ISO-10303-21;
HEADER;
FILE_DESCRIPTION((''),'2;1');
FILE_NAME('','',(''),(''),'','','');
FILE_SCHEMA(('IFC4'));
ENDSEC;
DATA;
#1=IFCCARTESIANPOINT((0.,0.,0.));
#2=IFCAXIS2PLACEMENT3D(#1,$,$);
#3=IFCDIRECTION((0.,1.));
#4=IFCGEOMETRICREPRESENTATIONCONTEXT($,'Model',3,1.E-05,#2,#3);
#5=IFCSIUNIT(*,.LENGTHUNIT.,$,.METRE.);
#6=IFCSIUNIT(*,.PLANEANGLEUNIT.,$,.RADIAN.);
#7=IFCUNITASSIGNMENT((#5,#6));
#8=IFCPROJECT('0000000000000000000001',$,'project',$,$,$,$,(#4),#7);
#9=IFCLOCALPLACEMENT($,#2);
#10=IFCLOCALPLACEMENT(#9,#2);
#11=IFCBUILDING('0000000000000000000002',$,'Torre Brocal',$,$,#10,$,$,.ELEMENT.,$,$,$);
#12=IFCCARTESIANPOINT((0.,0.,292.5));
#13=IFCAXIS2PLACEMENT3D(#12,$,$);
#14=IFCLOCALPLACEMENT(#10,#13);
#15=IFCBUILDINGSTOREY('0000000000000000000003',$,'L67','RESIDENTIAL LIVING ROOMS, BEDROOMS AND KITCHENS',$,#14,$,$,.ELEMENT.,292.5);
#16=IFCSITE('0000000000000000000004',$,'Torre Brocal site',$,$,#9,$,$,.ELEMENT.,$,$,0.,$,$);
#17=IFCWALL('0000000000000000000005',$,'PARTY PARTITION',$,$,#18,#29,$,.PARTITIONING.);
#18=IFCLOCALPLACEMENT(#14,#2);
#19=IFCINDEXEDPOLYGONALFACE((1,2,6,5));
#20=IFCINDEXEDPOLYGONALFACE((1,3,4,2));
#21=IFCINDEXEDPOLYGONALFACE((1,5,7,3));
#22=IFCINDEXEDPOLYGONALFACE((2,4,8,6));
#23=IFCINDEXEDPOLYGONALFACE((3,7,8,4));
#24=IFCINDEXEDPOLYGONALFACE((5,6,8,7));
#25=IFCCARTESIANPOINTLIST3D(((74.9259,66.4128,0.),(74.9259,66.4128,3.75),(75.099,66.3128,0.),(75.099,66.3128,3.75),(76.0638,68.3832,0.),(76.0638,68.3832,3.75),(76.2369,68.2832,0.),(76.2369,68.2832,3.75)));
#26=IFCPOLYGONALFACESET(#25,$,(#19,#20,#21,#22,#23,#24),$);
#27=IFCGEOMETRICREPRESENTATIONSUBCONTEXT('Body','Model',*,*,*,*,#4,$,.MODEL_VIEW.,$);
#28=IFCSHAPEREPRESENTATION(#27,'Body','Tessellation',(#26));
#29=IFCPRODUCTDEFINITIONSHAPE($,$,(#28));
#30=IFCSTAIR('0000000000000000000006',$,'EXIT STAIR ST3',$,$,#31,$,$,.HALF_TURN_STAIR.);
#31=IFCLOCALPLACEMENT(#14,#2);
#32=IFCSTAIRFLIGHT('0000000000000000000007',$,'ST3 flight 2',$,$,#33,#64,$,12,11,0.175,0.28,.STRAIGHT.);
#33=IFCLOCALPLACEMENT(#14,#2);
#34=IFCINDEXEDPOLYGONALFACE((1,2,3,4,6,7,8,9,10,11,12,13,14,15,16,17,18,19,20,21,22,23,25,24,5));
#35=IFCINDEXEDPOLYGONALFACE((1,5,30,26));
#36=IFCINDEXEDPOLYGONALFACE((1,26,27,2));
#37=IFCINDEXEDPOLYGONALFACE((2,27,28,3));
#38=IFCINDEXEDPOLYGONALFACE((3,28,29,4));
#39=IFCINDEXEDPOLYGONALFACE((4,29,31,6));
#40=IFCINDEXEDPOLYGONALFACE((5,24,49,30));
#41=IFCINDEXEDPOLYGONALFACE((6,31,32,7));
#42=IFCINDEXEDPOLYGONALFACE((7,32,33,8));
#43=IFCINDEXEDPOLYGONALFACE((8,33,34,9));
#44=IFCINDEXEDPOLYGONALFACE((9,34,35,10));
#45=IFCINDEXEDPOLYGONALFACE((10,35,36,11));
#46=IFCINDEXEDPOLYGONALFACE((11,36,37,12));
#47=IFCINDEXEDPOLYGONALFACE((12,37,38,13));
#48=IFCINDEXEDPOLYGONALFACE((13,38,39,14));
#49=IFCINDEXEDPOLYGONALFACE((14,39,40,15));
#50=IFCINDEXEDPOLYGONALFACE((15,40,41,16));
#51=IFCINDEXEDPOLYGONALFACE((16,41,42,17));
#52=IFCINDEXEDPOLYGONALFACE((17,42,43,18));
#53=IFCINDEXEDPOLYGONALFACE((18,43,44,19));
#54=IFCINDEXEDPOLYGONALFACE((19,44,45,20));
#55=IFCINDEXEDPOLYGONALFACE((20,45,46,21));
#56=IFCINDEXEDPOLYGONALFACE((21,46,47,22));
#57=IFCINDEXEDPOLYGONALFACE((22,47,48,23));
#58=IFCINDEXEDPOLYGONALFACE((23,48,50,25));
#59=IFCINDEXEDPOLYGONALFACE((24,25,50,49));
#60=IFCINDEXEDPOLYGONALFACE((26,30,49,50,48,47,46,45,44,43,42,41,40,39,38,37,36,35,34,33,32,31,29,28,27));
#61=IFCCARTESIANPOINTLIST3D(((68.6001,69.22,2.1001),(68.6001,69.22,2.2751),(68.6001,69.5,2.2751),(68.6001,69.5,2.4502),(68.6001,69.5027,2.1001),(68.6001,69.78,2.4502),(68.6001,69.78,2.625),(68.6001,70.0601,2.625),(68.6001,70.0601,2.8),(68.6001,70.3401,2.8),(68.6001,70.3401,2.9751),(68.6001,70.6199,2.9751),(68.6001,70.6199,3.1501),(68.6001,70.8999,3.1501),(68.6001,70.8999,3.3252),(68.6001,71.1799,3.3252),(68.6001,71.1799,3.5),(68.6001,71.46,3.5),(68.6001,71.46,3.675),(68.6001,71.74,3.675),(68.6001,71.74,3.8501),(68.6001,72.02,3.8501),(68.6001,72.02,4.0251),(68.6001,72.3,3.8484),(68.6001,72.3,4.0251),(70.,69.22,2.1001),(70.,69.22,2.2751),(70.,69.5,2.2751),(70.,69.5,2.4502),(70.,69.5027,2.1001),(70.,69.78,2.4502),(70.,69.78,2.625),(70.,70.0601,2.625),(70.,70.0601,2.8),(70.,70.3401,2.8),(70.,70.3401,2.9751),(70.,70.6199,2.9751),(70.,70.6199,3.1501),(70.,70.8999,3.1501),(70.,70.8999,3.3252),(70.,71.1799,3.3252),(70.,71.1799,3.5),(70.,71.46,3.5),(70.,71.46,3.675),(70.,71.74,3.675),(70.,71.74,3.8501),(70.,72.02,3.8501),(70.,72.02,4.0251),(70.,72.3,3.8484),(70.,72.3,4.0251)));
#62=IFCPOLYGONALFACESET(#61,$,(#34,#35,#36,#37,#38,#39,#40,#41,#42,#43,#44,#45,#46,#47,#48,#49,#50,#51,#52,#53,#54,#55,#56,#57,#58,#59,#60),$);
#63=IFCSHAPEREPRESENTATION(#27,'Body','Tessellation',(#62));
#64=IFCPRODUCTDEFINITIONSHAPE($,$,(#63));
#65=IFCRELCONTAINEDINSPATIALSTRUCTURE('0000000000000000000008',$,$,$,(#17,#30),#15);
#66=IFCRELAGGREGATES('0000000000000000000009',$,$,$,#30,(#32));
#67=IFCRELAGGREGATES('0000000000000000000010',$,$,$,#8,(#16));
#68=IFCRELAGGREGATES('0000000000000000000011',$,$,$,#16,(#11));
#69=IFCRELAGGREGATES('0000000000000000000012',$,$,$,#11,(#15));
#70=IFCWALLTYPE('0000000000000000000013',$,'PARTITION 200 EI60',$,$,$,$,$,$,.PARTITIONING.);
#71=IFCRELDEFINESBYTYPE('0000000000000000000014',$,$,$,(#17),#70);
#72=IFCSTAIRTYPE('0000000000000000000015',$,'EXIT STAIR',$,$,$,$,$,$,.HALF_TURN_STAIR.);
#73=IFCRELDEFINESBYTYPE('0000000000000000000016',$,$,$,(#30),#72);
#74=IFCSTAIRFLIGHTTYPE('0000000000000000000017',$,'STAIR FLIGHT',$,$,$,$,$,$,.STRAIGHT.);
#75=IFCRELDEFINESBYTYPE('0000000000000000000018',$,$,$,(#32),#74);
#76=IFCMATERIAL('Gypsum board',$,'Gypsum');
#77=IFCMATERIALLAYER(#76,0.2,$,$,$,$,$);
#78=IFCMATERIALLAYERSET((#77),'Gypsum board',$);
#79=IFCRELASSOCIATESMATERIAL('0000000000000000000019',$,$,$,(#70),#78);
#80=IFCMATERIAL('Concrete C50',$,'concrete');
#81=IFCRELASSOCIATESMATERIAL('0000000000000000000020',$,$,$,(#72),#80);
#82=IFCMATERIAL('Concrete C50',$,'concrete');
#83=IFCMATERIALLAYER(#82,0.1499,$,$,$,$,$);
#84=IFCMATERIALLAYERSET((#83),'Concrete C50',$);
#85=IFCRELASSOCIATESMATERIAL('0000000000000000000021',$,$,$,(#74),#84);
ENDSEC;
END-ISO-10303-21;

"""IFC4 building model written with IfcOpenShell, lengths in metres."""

from ifc_helpers import new_model, si_unit, direction, frame, frame_2d, origin, place, context, subcontext, project, spatial, polyline, rectangle, outline, extrude, material, layer, layer_set, type_object, element, aggregate, save


model = new_model("IFC4")

# Units and contexts
model_context = context("Model", 3, precision=1e-05, world=origin(), true_north=direction((0.0, 1.0)))
body_context = subcontext(model_context, "Body", "Model", "MODEL_VIEW")
ifc_project = project(units=[si_unit("LENGTHUNIT", "METRE"), si_unit("PLANEANGLEUNIT", "RADIAN")], contexts=[model_context])

# Site, building, storey
site_placement = place(None, origin())
site = spatial("IfcSite", under=ifc_project, at=site_placement, Name="Torre Brocal site", CompositionType="ELEMENT", RefElevation=0.0)
building_placement = place(site_placement, origin())
building = spatial("IfcBuilding", under=site, at=building_placement, Name="Torre Brocal", CompositionType="ELEMENT")
storey_placement = place(building_placement, frame((0.0, 0.0, 292.5)))
storey = spatial("IfcBuildingStorey", under=building, at=storey_placement, Name="L67", Description="RESIDENTIAL LIVING ROOMS, BEDROOMS AND KITCHENS", CompositionType="ELEMENT", Elevation=292.5)

# Shared definitions
ifc_material_1 = material(Name="Gypsum board", Category="Gypsum")
ifc_layer_1 = layer(ifc_material_1, 0.2)
ifc_layer_set_1 = layer_set([ifc_layer_1], Name="Gypsum board")
wall_type_1 = type_object("IfcWallType", Name="PARTITION 200 EI60", PredefinedType="PARTITIONING", material=ifc_layer_set_1)

# Wall
wall_1_placement = place(storey_placement, frame((75.0125, 66.3628, 0.0), z_axis=(0.0, 0.0, 1.0), x_axis=(0.500097, 0.865969, 0.0)))
element("IfcWall", 1, at=wall_1_placement, inside=storey, type_object=wall_type_1, Name="PARTY PARTITION", PredefinedType="PARTITIONING", context=body_context, shape_type="SweptSolid", body=[
    extrude(rectangle(XDim=2.2754, YDim=0.2, at=frame_2d((1.1377, 0.0))), origin(), (0.0, 0.0, 1.0), 3.75),
])

# Stair, stair flight
ifc_material_2 = material(Name="Concrete C50", Category="concrete")
stair_type = type_object("IfcStairType", Name="EXIT STAIR", PredefinedType="HALF_TURN_STAIR", material=ifc_material_2)
stair_placement = place(storey_placement, origin())
stair = element("IfcStair", 2, at=stair_placement, inside=storey, type_object=stair_type, Name="EXIT STAIR ST3", PredefinedType="HALF_TURN_STAIR")
ifc_material_3 = material(Name="Concrete C50", Category="concrete")
ifc_layer_2 = layer(ifc_material_3, 0.1499)
ifc_layer_set_2 = layer_set([ifc_layer_2], Name="Concrete C50")
stair_flight_type = type_object("IfcStairFlightType", Name="STAIR FLIGHT", PredefinedType="STRAIGHT", material=ifc_layer_set_2)
stair_flight_placement = place(storey_placement, frame((69.3, 69.22, 2.1001), z_axis=(0.0, 0.0, 1.0), x_axis=(0.0, 1.0, 0.0)))
stair_flight = element("IfcStairFlight", 3, at=stair_flight_placement, type_object=stair_flight_type, Name="ST3 flight 2", NumberOfRisers=12, NumberOfTreads=11, PredefinedType="STRAIGHT", RiserHeight=0.175, TreadLength=0.28, context=body_context, shape_type="SweptSolid", body=[
    extrude(outline(polyline([(0.0, 0.0), (0.0, 0.175), (0.28, 0.175), (0.28, 0.3501), (0.5601, 0.3501), (0.5601, 0.5249), (0.8401, 0.5249), (0.8401, 0.7), (1.1201, 0.7), (1.1201, 0.875), (1.3999, 0.875), (1.3999, 1.05), (1.6799, 1.05), (1.6799, 1.2251), (1.96, 1.2251), (1.96, 1.3999), (2.24, 1.3999), (2.24, 1.575), (2.52, 1.575), (2.52, 1.75), (2.8, 1.75), (2.8, 1.925), (3.0801, 1.925), (3.0801, 2.1001), (3.0801, 1.7483), (0.2827, 0.0), (0.0, 0.0)])), frame((0.0, 0.7, 0.0), z_axis=(0.0, -1.0, 0.0), x_axis=(1.0, 0.0, 0.0)), (0.0, 0.0, 1.0), 1.3999),
])
aggregate(stair, [stair_flight])

save(model, "model.ifc")
